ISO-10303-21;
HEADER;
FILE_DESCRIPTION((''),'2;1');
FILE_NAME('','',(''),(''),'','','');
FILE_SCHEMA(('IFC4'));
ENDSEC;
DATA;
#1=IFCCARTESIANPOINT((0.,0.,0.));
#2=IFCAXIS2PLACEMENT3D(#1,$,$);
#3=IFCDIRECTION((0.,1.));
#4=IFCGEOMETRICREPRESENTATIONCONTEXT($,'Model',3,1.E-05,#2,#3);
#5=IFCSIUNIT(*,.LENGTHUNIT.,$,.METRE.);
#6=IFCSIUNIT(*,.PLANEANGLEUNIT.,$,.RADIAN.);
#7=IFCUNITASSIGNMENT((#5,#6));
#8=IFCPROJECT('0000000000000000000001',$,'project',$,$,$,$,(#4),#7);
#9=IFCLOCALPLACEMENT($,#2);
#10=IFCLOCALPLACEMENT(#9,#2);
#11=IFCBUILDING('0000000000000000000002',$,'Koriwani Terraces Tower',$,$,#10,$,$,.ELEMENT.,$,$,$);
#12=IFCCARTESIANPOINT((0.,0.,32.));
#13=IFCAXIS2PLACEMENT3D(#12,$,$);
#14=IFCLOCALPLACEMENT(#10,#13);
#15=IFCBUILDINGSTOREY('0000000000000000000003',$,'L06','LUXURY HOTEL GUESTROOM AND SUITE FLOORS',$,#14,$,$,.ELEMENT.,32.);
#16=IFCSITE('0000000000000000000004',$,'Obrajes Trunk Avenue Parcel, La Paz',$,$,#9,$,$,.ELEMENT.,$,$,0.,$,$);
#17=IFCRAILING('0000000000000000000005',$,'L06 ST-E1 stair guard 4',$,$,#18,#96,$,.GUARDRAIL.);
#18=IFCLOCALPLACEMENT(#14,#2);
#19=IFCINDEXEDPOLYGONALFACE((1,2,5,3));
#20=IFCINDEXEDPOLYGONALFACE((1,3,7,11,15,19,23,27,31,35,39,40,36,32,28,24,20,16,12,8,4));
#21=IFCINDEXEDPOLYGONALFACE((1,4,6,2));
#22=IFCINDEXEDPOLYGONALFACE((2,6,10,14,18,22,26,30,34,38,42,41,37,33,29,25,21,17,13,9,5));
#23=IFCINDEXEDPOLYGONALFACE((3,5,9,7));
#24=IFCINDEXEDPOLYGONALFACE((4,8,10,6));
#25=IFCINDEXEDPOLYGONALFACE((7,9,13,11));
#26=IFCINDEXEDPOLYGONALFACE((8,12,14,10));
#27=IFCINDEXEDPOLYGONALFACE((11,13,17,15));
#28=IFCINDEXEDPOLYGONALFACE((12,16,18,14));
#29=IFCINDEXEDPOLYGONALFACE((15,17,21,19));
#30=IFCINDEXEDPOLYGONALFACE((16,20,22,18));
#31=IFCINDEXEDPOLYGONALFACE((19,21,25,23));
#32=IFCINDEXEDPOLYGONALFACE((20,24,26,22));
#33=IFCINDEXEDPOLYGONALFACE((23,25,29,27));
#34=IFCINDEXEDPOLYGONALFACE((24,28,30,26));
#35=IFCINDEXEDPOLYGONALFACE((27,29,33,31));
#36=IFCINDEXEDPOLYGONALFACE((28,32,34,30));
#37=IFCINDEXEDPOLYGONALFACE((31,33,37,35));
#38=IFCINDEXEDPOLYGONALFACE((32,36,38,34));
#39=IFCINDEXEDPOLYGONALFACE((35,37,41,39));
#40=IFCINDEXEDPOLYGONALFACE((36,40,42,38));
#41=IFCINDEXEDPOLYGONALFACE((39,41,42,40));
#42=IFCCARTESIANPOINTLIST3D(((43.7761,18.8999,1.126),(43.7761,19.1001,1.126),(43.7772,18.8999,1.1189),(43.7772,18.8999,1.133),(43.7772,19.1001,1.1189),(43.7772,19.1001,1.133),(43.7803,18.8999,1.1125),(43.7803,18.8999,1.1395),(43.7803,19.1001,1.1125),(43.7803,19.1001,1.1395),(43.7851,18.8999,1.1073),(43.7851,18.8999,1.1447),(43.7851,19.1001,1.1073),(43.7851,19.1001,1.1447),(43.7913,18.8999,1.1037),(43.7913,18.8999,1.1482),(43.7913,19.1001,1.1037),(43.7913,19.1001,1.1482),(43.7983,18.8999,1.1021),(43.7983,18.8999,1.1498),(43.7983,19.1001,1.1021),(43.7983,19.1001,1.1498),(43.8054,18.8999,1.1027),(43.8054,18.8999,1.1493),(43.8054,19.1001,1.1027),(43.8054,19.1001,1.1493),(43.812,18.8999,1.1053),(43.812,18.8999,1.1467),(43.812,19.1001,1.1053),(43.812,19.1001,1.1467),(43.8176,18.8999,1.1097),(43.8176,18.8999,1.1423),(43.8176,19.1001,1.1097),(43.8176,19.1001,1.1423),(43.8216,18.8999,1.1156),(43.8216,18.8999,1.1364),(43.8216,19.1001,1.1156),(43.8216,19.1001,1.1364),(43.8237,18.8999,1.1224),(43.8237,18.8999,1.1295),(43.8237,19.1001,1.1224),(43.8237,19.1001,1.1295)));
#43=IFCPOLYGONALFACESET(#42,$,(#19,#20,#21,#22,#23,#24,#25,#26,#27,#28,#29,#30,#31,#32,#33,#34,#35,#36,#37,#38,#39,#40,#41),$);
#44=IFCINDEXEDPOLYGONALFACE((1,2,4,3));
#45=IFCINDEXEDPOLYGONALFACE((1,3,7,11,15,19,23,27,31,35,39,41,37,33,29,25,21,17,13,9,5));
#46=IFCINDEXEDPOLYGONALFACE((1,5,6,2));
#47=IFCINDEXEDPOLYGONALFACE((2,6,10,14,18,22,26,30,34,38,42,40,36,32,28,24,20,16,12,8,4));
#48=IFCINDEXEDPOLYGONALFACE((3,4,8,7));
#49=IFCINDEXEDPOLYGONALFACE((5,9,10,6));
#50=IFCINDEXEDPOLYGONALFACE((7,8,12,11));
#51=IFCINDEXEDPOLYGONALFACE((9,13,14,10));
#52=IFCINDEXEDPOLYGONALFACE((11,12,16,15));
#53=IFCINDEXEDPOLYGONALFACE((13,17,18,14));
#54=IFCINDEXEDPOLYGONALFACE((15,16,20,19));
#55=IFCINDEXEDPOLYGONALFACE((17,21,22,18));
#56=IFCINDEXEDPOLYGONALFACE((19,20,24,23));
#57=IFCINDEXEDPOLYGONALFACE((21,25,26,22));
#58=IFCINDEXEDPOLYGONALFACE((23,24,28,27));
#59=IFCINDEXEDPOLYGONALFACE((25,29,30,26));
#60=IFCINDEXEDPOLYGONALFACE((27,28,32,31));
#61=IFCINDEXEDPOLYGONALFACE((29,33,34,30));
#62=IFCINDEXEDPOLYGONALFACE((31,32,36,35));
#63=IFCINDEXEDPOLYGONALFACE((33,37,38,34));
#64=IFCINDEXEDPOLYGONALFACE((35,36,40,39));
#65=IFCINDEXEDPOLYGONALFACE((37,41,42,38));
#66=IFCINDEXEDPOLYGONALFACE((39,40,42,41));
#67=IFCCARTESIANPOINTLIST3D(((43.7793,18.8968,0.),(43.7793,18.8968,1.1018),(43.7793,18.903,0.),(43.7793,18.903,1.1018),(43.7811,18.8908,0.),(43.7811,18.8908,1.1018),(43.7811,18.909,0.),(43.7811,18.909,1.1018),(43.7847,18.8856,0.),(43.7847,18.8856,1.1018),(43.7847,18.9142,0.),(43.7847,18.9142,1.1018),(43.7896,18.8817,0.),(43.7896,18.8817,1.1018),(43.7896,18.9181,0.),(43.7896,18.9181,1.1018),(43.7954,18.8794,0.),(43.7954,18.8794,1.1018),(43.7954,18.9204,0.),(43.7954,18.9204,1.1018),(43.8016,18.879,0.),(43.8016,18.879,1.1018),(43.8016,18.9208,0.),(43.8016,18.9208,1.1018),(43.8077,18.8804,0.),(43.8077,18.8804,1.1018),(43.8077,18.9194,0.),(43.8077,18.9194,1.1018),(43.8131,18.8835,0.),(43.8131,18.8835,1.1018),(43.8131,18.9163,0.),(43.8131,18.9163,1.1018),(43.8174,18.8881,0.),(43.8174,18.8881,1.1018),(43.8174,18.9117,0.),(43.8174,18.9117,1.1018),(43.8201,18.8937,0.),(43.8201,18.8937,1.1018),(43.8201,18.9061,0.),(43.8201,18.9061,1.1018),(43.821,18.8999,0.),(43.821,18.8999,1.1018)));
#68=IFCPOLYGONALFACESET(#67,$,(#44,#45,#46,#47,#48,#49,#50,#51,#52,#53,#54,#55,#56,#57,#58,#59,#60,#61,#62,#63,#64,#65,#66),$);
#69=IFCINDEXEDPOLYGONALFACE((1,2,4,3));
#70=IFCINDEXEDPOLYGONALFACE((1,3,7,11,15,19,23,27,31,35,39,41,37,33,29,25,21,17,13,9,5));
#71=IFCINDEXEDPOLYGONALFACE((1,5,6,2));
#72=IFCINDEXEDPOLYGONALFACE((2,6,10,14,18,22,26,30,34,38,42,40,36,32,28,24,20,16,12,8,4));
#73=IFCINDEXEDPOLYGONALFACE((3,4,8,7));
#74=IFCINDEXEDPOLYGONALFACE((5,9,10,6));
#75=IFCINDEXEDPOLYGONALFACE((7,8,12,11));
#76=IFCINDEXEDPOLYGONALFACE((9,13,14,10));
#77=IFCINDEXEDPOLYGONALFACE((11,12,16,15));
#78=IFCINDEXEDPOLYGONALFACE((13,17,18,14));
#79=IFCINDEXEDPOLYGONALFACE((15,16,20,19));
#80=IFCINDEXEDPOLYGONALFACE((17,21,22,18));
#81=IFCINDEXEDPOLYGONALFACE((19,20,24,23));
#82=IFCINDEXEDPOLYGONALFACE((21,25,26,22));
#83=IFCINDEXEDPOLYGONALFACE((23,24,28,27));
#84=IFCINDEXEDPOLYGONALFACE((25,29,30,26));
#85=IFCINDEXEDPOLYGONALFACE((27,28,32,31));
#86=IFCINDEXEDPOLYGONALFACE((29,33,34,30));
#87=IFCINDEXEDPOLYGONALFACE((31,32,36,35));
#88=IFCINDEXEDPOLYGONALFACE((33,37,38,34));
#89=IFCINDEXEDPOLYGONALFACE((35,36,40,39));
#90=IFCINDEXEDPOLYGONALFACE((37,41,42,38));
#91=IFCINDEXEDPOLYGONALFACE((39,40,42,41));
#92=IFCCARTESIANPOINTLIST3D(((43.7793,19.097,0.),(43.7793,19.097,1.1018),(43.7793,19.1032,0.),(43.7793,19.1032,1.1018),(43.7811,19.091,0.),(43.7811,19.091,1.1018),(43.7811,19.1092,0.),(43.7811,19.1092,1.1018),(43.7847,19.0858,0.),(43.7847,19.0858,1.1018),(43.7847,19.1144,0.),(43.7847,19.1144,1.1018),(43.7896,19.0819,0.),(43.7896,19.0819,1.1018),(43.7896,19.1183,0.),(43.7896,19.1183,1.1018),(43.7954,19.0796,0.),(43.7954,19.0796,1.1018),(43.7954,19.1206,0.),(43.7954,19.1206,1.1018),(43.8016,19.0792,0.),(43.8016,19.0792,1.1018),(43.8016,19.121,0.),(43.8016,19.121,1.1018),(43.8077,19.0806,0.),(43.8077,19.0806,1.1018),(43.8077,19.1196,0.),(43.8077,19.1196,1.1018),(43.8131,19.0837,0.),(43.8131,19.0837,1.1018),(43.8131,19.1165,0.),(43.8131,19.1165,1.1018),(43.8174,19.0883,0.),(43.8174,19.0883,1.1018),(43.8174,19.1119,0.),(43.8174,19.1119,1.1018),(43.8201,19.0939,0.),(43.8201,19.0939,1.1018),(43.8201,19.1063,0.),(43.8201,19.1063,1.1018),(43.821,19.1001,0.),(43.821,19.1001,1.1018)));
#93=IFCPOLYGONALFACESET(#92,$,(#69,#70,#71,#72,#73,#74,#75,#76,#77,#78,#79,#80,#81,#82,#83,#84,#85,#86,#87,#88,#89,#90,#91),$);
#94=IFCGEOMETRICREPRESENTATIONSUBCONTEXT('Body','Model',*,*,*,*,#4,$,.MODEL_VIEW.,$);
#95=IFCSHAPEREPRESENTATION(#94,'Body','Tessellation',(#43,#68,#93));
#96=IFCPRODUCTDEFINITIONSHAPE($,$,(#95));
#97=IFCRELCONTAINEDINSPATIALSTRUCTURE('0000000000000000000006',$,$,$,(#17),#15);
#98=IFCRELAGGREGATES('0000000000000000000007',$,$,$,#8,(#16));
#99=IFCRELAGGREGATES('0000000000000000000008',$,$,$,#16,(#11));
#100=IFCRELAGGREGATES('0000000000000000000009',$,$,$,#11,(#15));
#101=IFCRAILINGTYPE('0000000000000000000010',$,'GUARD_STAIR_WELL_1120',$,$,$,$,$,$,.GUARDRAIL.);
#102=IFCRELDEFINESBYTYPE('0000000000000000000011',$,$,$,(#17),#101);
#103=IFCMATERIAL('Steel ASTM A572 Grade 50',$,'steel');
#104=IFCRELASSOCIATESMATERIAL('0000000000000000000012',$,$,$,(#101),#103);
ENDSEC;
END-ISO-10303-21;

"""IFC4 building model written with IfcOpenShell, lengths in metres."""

from ifc_helpers import new_model, si_unit, direction, frame, origin, origin_2d, place, context, subcontext, project, spatial, circle, extrude, material, type_object, element, save


model = new_model("IFC4")

# Units and contexts
model_context = context("Model", 3, precision=1e-05, world=origin(), true_north=direction((0.0, 1.0)))
body_context = subcontext(model_context, "Body", "Model", "MODEL_VIEW")
ifc_project = project(units=[si_unit("LENGTHUNIT", "METRE"), si_unit("PLANEANGLEUNIT", "RADIAN")], contexts=[model_context])

# Site, building, storey
site_placement = place(None, origin())
site = spatial("IfcSite", under=ifc_project, at=site_placement, Name="Obrajes Trunk Avenue Parcel, La Paz", CompositionType="ELEMENT", RefElevation=0.0)
building_placement = place(site_placement, origin())
building = spatial("IfcBuilding", under=site, at=building_placement, Name="Koriwani Terraces Tower", CompositionType="ELEMENT")
storey_placement = place(building_placement, frame((0.0, 0.0, 32.0)))
storey = spatial("IfcBuildingStorey", under=building, at=storey_placement, Name="L06", Description="LUXURY HOTEL GUESTROOM AND SUITE FLOORS", CompositionType="ELEMENT", Elevation=32.0)

# Shared definitions
ifc_material_1 = material(Name="Steel ASTM A572 Grade 50", Category="steel")

# Railing
railing_type_1 = type_object("IfcRailingType", Name="GUARD_STAIR_WELL_1120", PredefinedType="GUARDRAIL", material=ifc_material_1)
railing_1_placement = place(storey_placement, frame((43.8, 18.8999, 0.0)))
element("IfcRailing", 1, at=railing_1_placement, inside=storey, type_object=railing_type_1, Name="L06 ST-E1 stair guard 4", PredefinedType="GUARDRAIL", context=body_context, shape_type="SweptSolid", body=[
    extrude(circle(Radius=0.0239, at=origin_2d()), frame((0.0, 0.0, 1.126), z_axis=(0.0, 1.0, 0.0), x_axis=(-1.0, 0.0, 0.0)), (0.0, 0.0, 1.0), 0.2002),
    extrude(circle(Radius=0.021, at=origin_2d()), origin(), (0.0, 0.0, 1.0), 1.1018),
    extrude(circle(Radius=0.021, at=origin_2d()), frame((0.0, 0.2002, 0.0)), (0.0, 0.0, 1.0), 1.1018),
])

save(model, "model.ifc")
